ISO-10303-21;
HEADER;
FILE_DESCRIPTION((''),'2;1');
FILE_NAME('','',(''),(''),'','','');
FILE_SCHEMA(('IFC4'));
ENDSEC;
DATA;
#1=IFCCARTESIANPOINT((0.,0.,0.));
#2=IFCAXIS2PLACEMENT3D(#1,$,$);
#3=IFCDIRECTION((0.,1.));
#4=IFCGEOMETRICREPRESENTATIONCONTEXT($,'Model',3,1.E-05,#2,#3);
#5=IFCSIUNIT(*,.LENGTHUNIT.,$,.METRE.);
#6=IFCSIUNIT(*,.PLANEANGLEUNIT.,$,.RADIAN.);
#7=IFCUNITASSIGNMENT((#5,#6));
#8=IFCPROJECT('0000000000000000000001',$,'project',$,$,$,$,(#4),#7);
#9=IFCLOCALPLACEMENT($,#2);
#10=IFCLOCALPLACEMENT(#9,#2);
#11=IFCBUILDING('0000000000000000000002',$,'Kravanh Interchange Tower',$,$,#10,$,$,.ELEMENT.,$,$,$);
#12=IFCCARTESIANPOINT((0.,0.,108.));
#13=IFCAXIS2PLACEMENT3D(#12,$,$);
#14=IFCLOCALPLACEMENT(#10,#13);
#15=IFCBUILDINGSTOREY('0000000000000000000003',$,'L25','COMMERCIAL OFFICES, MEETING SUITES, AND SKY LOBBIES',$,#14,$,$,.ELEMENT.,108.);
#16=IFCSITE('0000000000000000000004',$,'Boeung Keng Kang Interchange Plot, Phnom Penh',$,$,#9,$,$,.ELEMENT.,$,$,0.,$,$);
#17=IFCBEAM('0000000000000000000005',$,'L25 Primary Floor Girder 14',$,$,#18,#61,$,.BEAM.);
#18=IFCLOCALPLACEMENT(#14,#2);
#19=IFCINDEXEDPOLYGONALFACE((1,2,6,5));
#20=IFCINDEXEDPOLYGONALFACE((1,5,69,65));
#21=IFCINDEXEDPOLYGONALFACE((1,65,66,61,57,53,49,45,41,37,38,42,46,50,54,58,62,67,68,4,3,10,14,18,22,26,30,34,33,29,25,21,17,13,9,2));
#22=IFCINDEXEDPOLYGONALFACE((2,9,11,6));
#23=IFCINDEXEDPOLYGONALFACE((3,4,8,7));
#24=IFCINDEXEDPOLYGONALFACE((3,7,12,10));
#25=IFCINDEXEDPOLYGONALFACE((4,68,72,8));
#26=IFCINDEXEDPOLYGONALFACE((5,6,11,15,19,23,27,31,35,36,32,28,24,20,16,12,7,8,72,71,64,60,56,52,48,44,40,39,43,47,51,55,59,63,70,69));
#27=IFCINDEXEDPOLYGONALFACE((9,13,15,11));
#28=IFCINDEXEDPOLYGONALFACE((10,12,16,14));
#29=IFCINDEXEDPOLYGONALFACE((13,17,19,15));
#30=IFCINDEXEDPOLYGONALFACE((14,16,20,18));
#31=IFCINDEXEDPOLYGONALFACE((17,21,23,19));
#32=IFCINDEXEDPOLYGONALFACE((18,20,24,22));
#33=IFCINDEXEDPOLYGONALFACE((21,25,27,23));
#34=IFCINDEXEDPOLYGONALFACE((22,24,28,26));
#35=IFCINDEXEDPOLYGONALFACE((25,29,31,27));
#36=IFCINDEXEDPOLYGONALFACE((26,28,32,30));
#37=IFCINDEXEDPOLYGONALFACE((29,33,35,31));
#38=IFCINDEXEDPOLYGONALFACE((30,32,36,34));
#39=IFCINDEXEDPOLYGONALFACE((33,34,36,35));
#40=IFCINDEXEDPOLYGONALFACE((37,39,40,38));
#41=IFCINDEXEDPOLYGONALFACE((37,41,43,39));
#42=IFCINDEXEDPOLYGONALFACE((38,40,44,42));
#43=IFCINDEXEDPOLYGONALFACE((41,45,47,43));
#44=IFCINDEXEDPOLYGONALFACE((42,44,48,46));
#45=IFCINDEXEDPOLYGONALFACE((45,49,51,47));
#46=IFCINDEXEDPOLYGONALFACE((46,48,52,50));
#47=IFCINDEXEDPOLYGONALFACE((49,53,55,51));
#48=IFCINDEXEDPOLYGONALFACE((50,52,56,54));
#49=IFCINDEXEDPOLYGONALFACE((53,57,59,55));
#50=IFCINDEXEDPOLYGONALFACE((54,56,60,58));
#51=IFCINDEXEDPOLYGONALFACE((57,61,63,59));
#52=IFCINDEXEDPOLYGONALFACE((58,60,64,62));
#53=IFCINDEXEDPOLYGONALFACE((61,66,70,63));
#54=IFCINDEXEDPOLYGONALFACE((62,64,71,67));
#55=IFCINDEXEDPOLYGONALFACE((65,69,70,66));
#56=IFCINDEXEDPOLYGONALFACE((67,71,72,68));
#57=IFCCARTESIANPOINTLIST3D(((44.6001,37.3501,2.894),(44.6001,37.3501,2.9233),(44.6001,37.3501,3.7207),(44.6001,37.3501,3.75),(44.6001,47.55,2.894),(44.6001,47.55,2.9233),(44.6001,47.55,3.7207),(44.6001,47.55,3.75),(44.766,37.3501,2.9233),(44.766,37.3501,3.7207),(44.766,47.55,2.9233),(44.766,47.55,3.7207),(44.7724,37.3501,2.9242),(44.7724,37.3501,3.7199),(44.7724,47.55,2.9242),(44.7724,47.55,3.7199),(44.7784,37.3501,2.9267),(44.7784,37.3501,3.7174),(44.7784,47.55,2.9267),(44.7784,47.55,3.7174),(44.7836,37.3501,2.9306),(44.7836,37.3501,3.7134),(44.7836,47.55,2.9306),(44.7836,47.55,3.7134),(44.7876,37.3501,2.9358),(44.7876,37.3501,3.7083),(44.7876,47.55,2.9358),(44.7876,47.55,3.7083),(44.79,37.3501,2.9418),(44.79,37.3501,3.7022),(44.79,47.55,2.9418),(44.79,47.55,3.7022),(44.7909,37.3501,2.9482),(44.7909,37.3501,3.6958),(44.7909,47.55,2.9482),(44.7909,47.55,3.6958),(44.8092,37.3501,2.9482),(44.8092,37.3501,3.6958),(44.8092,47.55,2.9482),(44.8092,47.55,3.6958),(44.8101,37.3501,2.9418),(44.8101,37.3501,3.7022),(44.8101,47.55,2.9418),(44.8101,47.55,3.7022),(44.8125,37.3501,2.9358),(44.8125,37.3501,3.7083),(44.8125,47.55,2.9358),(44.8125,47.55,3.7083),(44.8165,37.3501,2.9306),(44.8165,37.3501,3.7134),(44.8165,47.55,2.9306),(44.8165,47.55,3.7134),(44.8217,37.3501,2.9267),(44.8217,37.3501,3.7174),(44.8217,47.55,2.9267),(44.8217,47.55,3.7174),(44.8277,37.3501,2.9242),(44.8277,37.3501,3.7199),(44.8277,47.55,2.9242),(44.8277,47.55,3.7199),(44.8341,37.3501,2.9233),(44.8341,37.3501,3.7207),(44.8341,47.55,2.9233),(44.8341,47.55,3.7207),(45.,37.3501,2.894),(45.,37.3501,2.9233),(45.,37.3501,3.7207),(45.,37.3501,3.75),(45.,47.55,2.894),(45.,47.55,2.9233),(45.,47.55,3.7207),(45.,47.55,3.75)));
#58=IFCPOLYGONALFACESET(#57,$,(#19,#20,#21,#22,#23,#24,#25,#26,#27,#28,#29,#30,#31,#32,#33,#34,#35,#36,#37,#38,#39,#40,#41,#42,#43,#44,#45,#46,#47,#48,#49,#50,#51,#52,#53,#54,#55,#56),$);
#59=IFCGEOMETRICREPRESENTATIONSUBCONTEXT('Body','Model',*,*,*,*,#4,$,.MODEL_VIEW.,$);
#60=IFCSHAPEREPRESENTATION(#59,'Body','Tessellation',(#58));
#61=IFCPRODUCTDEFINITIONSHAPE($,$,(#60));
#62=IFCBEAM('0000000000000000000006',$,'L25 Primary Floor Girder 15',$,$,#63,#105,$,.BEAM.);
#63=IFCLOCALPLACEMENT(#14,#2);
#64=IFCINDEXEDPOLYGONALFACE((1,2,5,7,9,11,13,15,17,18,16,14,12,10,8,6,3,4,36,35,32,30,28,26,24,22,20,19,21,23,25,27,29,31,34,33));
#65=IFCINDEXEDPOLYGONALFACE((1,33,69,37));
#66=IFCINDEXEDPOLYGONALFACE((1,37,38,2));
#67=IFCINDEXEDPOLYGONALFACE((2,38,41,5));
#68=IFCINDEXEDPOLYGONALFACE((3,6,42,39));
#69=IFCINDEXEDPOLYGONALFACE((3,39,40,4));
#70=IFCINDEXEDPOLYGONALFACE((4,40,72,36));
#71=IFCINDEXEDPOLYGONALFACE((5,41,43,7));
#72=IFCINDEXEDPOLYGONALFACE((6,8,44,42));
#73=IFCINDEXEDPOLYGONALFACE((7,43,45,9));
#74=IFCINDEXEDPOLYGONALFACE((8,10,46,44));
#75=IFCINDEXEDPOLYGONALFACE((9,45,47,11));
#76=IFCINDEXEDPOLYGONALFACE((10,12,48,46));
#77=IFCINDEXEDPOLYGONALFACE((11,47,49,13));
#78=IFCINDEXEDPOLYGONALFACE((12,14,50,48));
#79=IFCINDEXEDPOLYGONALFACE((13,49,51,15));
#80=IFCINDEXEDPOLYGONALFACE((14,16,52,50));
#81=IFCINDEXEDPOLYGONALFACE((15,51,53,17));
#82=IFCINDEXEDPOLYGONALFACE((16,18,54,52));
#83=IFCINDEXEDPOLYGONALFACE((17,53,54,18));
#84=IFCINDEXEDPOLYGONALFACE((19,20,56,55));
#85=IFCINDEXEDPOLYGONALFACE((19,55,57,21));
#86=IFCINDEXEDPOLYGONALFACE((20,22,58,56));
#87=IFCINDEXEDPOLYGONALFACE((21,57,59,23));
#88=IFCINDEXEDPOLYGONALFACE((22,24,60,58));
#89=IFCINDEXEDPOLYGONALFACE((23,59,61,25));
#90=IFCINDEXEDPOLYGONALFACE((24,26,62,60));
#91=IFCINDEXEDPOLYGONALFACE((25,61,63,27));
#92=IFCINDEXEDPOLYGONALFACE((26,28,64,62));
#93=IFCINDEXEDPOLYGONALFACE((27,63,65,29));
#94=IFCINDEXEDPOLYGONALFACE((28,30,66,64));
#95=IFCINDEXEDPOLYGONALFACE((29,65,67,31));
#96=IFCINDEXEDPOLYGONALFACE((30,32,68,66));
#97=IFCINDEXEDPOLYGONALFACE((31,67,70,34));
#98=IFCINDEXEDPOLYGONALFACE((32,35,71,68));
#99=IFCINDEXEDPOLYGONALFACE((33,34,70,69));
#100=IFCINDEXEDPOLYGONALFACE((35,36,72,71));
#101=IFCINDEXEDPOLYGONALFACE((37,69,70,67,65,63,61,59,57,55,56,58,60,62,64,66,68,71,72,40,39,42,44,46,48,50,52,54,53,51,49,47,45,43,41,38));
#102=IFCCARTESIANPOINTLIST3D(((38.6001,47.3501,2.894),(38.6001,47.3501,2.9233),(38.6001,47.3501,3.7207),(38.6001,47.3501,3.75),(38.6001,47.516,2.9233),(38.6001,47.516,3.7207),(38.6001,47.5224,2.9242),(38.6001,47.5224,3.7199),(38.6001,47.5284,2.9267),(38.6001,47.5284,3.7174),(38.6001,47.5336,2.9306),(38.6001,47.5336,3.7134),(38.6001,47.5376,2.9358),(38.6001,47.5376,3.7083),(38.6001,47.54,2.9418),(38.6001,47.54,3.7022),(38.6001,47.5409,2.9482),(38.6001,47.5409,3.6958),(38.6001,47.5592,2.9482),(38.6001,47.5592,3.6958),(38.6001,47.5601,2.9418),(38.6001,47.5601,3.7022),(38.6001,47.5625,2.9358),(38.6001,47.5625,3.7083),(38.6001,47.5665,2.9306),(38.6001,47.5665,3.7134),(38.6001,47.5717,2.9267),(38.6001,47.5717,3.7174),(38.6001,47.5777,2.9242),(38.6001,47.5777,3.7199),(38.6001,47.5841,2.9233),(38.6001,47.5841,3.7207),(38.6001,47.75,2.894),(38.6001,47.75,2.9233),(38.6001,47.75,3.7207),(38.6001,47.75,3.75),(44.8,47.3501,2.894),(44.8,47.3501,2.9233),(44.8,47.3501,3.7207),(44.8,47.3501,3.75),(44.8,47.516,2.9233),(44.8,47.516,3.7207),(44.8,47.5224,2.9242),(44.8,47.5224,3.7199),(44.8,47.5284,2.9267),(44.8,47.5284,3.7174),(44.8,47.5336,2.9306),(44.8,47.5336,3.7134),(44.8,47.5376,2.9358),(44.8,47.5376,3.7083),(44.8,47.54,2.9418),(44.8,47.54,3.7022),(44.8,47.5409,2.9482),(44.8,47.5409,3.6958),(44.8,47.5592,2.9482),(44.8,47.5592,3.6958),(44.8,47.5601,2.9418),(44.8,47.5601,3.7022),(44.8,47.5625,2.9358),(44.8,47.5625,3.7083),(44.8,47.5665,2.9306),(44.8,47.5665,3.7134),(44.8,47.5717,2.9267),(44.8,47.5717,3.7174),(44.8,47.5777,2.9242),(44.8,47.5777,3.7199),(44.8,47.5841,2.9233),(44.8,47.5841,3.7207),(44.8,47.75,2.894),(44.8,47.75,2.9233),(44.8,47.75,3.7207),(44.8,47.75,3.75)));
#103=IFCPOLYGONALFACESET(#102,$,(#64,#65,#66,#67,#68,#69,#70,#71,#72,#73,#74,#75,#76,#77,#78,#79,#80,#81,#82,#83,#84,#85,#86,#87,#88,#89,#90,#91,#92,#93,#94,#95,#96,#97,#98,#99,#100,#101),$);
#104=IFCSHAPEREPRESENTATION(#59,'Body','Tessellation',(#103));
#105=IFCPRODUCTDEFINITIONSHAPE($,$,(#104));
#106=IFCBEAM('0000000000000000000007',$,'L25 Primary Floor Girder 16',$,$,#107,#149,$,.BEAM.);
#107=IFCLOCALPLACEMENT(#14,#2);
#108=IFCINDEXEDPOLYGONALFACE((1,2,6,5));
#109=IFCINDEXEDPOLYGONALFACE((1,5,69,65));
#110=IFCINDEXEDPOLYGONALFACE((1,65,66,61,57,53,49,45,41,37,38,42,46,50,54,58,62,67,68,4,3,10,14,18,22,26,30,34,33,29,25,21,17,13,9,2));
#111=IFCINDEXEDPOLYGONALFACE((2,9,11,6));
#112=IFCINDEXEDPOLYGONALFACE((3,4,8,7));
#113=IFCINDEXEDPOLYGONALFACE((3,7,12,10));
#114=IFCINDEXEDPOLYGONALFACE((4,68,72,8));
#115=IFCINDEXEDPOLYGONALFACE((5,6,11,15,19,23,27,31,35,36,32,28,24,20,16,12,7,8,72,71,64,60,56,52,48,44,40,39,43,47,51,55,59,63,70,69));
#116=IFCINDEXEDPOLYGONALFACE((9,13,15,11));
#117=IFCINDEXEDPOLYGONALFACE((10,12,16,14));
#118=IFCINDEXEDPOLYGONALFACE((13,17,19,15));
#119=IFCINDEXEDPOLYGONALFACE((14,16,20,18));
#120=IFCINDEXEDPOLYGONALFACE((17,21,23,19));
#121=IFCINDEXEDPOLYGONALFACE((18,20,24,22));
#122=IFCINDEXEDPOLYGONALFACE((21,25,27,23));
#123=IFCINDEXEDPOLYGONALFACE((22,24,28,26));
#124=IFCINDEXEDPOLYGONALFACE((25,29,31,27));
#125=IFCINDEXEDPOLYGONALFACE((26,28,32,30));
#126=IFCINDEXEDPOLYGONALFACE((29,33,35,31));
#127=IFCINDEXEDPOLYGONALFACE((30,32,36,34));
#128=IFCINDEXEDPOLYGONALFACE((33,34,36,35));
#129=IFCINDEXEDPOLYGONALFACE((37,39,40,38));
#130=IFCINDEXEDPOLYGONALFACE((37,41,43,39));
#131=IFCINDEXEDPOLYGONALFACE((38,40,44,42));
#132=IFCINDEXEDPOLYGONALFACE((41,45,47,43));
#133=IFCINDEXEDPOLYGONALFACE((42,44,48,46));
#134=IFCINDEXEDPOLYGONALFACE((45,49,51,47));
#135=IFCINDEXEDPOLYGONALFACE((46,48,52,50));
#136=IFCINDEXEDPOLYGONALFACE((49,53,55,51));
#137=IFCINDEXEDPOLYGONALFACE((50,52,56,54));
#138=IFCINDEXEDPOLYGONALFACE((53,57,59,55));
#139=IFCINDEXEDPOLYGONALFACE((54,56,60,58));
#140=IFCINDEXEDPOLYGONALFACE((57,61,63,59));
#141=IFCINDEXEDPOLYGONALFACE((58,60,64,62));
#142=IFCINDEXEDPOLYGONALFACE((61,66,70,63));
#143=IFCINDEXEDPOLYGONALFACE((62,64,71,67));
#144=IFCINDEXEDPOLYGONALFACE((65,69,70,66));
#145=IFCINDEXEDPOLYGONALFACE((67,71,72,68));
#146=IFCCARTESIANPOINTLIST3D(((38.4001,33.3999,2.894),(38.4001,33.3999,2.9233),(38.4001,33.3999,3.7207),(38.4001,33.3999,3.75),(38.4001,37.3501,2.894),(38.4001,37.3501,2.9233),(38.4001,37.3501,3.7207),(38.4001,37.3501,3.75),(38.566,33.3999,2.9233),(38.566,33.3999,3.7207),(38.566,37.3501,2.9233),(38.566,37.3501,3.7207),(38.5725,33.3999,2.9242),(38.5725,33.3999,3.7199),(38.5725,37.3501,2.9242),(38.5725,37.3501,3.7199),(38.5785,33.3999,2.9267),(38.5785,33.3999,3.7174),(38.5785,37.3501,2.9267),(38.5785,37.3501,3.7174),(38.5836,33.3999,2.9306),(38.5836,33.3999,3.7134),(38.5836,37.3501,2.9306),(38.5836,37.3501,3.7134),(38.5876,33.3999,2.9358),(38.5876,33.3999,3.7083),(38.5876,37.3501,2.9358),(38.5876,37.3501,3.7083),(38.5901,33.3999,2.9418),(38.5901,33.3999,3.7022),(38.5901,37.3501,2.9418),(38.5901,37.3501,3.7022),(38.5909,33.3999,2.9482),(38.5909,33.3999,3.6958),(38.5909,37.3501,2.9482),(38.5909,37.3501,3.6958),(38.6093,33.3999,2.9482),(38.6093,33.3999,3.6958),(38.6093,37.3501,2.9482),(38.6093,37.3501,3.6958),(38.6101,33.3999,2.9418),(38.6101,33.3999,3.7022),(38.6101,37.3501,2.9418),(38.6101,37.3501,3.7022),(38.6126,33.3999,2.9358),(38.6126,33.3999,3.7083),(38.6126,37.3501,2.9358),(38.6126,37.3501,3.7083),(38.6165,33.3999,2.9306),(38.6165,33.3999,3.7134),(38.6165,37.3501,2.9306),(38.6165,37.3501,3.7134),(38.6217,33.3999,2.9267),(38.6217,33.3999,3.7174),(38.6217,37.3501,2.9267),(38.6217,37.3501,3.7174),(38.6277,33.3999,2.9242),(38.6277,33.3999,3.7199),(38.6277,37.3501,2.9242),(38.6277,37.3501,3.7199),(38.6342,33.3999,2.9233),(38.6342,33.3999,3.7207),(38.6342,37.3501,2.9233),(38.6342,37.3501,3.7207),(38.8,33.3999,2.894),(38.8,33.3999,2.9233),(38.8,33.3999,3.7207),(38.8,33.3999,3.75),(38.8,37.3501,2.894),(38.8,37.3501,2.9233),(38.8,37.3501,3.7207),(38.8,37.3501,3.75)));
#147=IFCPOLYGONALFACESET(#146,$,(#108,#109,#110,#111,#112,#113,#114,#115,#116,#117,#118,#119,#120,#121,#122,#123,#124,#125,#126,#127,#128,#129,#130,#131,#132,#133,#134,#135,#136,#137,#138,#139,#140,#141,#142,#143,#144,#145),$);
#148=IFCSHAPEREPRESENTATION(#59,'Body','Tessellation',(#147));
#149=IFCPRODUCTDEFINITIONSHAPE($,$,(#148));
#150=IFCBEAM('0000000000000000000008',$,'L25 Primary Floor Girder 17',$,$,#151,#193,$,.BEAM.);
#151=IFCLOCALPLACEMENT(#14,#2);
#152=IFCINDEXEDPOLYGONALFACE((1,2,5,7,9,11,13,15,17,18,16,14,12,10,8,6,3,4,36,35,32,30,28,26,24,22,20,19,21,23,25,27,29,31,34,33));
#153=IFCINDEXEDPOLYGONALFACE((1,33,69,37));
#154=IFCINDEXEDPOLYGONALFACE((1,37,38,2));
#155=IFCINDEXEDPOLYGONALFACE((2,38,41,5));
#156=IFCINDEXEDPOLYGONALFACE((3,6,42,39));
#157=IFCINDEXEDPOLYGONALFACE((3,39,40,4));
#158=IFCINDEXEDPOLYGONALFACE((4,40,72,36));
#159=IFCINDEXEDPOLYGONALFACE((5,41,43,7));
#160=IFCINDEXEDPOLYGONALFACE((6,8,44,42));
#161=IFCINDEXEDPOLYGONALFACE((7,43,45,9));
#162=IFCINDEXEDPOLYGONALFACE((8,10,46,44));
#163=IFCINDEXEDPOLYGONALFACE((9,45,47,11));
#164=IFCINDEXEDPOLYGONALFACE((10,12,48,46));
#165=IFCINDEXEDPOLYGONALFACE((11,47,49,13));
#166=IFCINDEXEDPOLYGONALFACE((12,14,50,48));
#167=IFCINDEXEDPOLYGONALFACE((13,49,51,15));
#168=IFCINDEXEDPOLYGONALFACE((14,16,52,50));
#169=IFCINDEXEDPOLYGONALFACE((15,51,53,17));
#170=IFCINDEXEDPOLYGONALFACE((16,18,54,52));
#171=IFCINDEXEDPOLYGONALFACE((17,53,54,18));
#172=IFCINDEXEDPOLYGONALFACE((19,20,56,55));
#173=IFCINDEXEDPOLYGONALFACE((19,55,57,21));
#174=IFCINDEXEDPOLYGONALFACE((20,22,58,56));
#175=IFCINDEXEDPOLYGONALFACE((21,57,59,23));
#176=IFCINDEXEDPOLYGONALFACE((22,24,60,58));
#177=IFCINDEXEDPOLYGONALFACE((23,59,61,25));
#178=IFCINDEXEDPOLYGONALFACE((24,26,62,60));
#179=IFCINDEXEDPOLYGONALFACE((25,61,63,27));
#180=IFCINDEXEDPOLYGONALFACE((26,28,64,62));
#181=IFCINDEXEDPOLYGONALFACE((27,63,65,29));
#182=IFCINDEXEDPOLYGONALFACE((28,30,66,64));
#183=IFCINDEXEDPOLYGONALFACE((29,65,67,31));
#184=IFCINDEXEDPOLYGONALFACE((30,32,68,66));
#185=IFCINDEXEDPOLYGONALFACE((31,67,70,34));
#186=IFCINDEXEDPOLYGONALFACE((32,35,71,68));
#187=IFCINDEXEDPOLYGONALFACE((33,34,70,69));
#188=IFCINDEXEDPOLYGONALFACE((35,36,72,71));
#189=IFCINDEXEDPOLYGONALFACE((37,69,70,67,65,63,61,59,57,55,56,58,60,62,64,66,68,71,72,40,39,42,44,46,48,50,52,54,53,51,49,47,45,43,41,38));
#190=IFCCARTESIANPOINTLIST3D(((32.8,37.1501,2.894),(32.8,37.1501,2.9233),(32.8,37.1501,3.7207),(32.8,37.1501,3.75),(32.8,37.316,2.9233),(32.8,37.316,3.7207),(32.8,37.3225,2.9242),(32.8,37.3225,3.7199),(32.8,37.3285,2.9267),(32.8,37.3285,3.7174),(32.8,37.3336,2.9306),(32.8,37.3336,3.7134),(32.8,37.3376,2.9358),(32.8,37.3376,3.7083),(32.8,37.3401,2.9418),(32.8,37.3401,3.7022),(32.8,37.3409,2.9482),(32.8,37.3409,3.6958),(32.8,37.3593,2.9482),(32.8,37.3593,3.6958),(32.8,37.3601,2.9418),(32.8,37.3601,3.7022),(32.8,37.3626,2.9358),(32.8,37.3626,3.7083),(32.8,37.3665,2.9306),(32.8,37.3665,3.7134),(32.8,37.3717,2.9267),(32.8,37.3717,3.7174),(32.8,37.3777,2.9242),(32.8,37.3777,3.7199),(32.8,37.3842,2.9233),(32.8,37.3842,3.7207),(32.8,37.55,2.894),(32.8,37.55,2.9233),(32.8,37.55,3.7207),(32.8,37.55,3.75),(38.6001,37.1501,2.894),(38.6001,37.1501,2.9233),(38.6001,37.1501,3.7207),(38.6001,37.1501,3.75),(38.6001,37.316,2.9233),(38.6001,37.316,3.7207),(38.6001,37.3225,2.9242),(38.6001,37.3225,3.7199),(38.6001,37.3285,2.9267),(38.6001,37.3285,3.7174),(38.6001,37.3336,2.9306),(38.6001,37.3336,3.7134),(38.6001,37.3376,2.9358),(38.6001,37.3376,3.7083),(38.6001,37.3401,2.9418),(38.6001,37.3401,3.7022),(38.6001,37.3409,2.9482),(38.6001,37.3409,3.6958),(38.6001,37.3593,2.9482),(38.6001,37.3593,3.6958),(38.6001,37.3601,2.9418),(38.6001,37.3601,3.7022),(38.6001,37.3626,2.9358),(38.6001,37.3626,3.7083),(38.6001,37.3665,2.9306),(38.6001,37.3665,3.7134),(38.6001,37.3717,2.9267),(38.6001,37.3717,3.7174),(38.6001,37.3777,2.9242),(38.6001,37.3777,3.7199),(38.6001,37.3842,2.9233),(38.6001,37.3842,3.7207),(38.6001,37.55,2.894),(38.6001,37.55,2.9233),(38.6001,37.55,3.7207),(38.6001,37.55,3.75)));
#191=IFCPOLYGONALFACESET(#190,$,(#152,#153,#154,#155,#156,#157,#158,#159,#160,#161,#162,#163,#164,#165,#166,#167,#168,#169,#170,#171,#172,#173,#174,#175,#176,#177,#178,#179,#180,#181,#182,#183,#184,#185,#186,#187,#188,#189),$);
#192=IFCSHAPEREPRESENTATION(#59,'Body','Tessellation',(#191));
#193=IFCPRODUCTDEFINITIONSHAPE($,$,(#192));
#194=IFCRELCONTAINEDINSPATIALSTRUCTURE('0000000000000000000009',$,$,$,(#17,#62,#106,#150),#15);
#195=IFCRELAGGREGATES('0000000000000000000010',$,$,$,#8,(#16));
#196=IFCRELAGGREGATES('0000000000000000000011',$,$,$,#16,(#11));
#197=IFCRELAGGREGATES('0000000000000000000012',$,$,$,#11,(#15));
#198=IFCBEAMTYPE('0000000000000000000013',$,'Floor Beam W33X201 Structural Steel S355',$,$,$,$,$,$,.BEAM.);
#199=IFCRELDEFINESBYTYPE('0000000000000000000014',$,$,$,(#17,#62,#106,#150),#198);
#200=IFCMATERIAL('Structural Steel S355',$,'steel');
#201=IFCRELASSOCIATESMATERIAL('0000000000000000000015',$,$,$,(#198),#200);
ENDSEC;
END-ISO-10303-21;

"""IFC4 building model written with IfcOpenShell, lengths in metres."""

from ifc_helpers import new_model, si_unit, direction, frame, origin, origin_2d, place, context, subcontext, project, spatial, i_section, extrude, material, material_profile, profile_set, type_object, element, save


model = new_model("IFC4")

# Units and contexts
model_context = context("Model", 3, precision=1e-05, world=origin(), true_north=direction((0.0, 1.0)))
body_context = subcontext(model_context, "Body", "Model", "MODEL_VIEW")
ifc_project = project(units=[si_unit("LENGTHUNIT", "METRE"), si_unit("PLANEANGLEUNIT", "RADIAN")], contexts=[model_context])

# Site, building, storey
site_placement = place(None, origin())
site = spatial("IfcSite", under=ifc_project, at=site_placement, Name="Boeung Keng Kang Interchange Plot, Phnom Penh", CompositionType="ELEMENT", RefElevation=0.0)
building_placement = place(site_placement, origin())
building = spatial("IfcBuilding", under=site, at=building_placement, Name="Kravanh Interchange Tower", CompositionType="ELEMENT")
storey_placement = place(building_placement, frame((0.0, 0.0, 108.0)))
storey = spatial("IfcBuildingStorey", under=building, at=storey_placement, Name="L25", Description="COMMERCIAL OFFICES, MEETING SUITES, AND SKY LOBBIES", CompositionType="ELEMENT", Elevation=108.0)

# Beams
ifc_material_1 = material(Name="Structural Steel S355", Category="steel")
ifc_material_profile_1 = material_profile(ifc_material_1, i_section(OverallWidth=0.3999, OverallDepth=0.856, WebThickness=0.0183, FlangeThickness=0.0293, FilletRadius=0.0249, at=origin_2d()), Name="W33X201")
ifc_profile_set_1 = profile_set([ifc_material_profile_1], Name="Structural Steel S355")
beam_type_1 = type_object("IfcBeamType", Name="Floor Beam W33X201 Structural Steel S355", PredefinedType="BEAM", material=ifc_profile_set_1)
beam_1_placement = place(storey_placement, frame((44.8, 37.3501, 3.322), z_axis=(0.0, 1.0, 0.0), x_axis=(-1.0, 0.0, 0.0)))
element("IfcBeam", 1, at=beam_1_placement, inside=storey, type_object=beam_type_1, Name="L25 Primary Floor Girder 14", PredefinedType="BEAM", context=body_context, shape_type="SweptSolid", body=[
    extrude(i_section(OverallWidth=0.3999, OverallDepth=0.856, WebThickness=0.0183, FlangeThickness=0.0293, FilletRadius=0.0249, at=origin_2d()), origin(), (0.0, 0.0, 1.0), 10.2),
])
beam_2_placement = place(storey_placement, frame((44.8, 47.55, 3.322), z_axis=(-1.0, 0.0, 0.0), x_axis=(0.0, -1.0, 0.0)))
element("IfcBeam", 2, at=beam_2_placement, inside=storey, type_object=beam_type_1, Name="L25 Primary Floor Girder 15", PredefinedType="BEAM", context=body_context, shape_type="SweptSolid", body=[
    extrude(i_section(OverallWidth=0.3999, OverallDepth=0.856, WebThickness=0.0183, FlangeThickness=0.0293, FilletRadius=0.0249, at=origin_2d()), origin(), (0.0, 0.0, 1.0), 6.2),
])
beam_3_placement = place(storey_placement, frame((38.6001, 37.3501, 3.322), z_axis=(0.0, -1.0, 0.0), x_axis=(1.0, 0.0, 0.0)))
element("IfcBeam", 3, at=beam_3_placement, inside=storey, type_object=beam_type_1, Name="L25 Primary Floor Girder 16", PredefinedType="BEAM", context=body_context, shape_type="SweptSolid", body=[
    extrude(i_section(OverallWidth=0.3999, OverallDepth=0.856, WebThickness=0.0183, FlangeThickness=0.0293, FilletRadius=0.0249, at=origin_2d()), origin(), (0.0, 0.0, 1.0), 3.9502),
])
beam_4_placement = place(storey_placement, frame((38.6001, 37.3501, 3.322), z_axis=(-1.0, 0.0, 0.0), x_axis=(0.0, -1.0, 0.0)))
element("IfcBeam", 4, at=beam_4_placement, inside=storey, type_object=beam_type_1, Name="L25 Primary Floor Girder 17", PredefinedType="BEAM", context=body_context, shape_type="SweptSolid", body=[
    extrude(i_section(OverallWidth=0.3999, OverallDepth=0.856, WebThickness=0.0183, FlangeThickness=0.0293, FilletRadius=0.0249, at=origin_2d()), origin(), (0.0, 0.0, 1.0), 5.8),
])

save(model, "model.ifc")
